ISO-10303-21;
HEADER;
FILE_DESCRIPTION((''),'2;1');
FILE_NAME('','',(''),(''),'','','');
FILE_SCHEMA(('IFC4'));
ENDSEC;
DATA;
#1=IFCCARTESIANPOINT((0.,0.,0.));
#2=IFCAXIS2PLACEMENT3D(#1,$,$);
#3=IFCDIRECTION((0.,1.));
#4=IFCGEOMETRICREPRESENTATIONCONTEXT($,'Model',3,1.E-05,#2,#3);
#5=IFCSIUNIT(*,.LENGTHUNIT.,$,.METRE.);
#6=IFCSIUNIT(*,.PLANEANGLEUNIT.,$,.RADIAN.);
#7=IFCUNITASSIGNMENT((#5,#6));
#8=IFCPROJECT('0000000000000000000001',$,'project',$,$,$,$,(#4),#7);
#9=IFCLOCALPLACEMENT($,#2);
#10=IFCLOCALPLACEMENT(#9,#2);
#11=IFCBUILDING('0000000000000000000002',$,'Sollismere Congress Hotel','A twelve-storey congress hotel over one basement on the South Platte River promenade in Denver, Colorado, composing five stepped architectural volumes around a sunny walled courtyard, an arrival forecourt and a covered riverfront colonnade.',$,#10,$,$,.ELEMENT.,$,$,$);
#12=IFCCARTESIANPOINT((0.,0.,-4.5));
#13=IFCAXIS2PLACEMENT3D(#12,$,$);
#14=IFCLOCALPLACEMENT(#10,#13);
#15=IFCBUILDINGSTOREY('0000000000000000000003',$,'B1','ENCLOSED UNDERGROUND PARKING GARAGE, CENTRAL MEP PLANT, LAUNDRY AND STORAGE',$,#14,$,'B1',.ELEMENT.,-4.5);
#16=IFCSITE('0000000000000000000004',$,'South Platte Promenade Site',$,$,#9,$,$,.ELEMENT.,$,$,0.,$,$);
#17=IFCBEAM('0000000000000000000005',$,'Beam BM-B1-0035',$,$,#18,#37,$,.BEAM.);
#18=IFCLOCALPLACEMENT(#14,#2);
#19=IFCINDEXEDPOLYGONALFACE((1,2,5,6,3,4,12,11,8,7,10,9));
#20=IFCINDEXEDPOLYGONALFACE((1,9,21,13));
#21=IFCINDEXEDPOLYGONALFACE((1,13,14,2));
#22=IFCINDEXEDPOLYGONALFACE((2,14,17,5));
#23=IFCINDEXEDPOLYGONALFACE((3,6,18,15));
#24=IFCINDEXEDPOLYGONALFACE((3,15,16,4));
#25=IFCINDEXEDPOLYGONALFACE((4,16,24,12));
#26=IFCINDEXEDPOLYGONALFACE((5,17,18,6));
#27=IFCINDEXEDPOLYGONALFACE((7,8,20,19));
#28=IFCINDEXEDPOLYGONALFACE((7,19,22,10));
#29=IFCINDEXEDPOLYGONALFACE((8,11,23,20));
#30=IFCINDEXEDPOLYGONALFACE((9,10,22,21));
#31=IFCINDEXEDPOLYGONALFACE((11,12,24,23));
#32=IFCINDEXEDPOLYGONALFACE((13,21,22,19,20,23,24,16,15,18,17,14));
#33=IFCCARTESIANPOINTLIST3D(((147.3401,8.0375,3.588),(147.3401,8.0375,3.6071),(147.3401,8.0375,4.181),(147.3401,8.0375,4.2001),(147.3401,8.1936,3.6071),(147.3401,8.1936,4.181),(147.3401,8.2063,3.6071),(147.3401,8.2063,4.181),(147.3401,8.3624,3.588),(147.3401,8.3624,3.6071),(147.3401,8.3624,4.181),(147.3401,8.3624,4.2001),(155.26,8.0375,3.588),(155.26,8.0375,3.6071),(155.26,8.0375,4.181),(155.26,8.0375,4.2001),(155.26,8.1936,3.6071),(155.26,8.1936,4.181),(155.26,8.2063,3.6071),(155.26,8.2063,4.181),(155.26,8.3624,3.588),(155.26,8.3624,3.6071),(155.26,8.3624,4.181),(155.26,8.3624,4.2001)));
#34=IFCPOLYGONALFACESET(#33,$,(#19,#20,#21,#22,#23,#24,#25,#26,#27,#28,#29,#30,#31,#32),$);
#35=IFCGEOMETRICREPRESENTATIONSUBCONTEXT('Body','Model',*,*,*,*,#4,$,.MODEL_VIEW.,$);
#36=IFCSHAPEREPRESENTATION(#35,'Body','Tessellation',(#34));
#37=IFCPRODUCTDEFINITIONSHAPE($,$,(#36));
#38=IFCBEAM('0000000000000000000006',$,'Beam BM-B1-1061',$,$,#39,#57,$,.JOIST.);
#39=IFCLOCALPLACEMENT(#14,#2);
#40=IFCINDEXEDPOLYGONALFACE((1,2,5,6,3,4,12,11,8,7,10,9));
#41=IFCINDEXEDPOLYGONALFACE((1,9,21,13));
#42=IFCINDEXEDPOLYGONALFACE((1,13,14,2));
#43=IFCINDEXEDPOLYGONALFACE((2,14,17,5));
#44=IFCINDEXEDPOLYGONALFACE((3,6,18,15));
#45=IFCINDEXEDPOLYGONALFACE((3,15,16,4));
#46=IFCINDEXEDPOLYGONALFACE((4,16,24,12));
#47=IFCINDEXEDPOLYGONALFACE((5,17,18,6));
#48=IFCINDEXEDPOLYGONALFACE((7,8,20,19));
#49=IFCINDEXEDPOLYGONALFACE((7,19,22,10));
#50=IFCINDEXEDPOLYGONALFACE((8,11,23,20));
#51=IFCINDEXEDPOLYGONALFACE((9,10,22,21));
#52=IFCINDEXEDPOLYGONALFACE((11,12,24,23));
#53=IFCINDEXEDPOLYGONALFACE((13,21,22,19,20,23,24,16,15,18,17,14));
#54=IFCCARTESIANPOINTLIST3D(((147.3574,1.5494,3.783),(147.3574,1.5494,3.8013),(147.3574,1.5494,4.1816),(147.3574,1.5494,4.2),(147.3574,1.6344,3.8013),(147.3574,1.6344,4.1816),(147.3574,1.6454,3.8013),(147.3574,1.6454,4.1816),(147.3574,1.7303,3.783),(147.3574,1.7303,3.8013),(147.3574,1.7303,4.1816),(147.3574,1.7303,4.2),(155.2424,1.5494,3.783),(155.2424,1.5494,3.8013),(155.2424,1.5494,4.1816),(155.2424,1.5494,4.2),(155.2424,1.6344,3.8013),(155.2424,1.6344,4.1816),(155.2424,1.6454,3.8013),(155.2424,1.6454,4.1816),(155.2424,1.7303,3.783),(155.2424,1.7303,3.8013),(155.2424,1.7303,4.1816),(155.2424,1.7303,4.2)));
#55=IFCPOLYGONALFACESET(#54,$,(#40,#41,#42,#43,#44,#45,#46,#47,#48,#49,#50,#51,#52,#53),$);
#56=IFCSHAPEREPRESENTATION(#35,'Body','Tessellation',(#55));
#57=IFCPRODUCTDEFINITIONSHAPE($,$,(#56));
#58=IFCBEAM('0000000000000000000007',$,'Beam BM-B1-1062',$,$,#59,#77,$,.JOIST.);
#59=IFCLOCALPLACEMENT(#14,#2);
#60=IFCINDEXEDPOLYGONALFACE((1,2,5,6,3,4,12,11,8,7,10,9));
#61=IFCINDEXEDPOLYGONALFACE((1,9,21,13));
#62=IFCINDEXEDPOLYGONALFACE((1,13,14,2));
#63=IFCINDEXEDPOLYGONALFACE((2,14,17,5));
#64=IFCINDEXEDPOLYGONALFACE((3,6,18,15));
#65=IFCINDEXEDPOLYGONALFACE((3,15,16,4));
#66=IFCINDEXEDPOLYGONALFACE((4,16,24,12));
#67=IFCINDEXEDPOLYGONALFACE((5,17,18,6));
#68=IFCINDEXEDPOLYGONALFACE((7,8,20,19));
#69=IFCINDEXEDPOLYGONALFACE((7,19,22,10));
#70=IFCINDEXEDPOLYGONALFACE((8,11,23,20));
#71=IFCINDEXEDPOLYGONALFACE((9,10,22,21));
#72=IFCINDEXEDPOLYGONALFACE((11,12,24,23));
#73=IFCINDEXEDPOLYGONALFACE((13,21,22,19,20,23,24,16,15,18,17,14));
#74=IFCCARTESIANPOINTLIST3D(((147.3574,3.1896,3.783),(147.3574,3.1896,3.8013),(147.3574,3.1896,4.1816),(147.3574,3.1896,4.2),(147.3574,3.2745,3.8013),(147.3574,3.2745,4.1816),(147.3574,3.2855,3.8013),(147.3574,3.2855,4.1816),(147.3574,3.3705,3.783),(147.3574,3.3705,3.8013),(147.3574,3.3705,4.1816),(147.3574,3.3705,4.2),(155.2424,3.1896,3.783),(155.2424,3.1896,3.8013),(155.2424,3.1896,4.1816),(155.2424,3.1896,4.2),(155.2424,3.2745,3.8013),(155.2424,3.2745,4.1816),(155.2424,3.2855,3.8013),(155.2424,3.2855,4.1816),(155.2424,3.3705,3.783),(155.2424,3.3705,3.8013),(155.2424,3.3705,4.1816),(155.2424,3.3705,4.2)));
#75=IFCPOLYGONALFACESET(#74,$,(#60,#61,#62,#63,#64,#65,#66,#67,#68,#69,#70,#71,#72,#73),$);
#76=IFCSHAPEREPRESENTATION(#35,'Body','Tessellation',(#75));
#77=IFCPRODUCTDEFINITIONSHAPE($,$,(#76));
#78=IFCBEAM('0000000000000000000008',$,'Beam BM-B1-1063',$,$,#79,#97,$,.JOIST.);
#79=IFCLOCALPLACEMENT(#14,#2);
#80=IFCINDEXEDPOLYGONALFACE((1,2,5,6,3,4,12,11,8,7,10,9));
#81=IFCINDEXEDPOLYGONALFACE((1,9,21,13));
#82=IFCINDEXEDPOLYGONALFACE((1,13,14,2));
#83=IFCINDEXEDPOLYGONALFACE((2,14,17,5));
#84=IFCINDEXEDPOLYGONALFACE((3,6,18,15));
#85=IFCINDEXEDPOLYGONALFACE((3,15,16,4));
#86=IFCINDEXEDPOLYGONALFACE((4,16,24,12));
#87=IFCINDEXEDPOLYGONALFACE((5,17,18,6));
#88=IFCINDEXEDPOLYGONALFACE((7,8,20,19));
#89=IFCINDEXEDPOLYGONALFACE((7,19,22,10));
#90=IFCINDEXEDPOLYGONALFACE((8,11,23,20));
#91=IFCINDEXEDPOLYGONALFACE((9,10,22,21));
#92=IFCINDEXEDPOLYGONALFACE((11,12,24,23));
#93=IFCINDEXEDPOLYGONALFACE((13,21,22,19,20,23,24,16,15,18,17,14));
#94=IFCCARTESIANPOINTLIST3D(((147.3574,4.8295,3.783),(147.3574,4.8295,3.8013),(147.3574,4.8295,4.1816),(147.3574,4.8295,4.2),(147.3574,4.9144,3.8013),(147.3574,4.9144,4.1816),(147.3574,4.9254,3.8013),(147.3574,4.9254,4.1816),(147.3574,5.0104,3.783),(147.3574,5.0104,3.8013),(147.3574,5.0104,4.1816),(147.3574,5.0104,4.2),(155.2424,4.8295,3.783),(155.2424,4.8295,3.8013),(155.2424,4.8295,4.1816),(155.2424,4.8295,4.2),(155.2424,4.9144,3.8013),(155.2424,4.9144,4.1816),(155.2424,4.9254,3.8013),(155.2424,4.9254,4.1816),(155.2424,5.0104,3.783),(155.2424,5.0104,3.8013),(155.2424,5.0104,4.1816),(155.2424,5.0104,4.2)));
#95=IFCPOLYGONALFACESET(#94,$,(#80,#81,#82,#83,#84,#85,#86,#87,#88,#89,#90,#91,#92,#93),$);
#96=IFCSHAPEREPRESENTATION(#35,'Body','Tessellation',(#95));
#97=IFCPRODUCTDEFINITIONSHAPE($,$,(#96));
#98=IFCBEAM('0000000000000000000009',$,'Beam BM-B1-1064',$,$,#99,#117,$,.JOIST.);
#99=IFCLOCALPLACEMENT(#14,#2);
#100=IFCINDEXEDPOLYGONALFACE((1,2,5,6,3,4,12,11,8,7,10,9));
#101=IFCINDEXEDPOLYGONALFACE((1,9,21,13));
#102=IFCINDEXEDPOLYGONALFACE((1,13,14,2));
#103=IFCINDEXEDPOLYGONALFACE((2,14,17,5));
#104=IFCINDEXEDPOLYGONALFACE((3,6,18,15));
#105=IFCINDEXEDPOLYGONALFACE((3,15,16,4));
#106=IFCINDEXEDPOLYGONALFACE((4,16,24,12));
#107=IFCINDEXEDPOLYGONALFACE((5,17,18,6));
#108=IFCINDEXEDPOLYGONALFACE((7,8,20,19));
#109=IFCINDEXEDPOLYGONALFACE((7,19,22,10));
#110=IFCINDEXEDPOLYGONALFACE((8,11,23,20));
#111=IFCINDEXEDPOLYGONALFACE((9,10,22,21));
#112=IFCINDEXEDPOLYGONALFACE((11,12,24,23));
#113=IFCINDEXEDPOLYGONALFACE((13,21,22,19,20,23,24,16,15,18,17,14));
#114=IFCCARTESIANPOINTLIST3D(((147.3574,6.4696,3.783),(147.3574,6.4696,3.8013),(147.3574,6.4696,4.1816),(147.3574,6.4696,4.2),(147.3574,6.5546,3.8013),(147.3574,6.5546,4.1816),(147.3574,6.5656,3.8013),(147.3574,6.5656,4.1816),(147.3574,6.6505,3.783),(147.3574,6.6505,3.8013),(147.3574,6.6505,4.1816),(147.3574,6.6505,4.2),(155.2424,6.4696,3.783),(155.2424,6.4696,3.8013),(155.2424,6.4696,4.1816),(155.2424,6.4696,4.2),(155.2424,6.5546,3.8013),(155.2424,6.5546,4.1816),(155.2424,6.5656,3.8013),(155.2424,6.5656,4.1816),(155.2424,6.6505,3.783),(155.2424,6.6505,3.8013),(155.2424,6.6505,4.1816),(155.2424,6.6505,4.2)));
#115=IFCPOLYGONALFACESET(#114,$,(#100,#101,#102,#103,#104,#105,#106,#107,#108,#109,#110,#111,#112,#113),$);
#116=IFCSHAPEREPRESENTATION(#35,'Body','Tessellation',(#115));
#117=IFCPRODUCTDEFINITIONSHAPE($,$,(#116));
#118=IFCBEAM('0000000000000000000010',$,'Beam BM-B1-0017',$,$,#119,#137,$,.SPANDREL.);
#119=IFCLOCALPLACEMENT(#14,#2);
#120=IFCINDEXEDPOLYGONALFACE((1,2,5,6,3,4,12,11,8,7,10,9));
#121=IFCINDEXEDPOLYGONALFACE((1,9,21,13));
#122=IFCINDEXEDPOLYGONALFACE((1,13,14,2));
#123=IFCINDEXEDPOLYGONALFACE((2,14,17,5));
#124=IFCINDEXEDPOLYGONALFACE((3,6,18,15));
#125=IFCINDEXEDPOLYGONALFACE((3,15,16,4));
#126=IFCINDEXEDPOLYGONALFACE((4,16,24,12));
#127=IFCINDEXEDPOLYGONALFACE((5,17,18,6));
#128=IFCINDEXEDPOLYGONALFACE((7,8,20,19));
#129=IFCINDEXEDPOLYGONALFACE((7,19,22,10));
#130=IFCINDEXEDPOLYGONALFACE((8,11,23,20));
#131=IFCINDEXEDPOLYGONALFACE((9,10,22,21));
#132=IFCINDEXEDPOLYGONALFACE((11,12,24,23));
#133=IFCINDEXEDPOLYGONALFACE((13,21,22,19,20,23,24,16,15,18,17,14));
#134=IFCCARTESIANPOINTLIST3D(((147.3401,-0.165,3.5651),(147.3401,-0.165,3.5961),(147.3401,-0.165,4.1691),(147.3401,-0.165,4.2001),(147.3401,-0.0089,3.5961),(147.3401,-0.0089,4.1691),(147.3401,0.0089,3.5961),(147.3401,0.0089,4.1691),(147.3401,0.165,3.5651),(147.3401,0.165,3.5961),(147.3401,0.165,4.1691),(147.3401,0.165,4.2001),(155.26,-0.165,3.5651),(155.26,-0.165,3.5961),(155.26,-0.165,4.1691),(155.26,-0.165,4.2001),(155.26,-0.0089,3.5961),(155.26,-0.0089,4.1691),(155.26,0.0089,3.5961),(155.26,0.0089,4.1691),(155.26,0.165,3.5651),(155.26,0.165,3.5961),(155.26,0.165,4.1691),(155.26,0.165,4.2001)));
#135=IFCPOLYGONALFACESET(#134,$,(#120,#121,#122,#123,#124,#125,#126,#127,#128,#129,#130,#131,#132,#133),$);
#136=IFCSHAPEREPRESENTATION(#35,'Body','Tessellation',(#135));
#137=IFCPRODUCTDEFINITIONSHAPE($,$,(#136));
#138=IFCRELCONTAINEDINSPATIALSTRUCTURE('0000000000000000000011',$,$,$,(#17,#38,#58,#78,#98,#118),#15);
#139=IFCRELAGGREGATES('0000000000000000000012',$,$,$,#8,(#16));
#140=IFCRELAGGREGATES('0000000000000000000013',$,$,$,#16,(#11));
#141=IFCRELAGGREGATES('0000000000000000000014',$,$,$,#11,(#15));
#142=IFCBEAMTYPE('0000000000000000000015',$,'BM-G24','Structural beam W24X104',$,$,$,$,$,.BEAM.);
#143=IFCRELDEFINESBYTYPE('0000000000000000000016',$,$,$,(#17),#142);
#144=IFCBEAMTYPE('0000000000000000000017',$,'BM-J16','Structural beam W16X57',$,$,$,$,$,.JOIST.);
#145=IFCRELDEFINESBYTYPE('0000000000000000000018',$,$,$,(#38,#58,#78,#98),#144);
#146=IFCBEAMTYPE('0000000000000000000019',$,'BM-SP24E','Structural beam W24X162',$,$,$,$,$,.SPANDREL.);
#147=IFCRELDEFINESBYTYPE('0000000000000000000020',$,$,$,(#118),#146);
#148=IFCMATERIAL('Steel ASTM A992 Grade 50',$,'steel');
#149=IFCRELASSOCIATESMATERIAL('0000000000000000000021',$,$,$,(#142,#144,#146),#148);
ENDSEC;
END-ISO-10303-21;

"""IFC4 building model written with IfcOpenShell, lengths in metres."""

from ifc_helpers import new_model, si_unit, direction, frame, origin, origin_2d, place, context, subcontext, project, spatial, i_section, extrude, material, material_profile, profile_set, type_object, element, save


model = new_model("IFC4")

# Units and contexts
model_context = context("Model", 3, precision=1e-05, world=origin(), true_north=direction((0.0, 1.0)))
body_context = subcontext(model_context, "Body", "Model", "MODEL_VIEW")
ifc_project = project(units=[si_unit("LENGTHUNIT", "METRE"), si_unit("PLANEANGLEUNIT", "RADIAN")], contexts=[model_context])

# Site, building, storey
site_placement = place(None, origin())
site = spatial("IfcSite", under=ifc_project, at=site_placement, Name="South Platte Promenade Site", CompositionType="ELEMENT", RefElevation=0.0)
building_placement = place(site_placement, origin())
building = spatial("IfcBuilding", under=site, at=building_placement, Name="Sollismere Congress Hotel", Description="A twelve-storey congress hotel over one basement on the South Platte River promenade in Denver, Colorado, composing five stepped architectural volumes around a sunny walled courtyard, an arrival forecourt and a covered riverfront colonnade.", CompositionType="ELEMENT")
storey_placement = place(building_placement, frame((0.0, 0.0, -4.5)))
storey = spatial("IfcBuildingStorey", under=building, at=storey_placement, Name="B1", Description="ENCLOSED UNDERGROUND PARKING GARAGE, CENTRAL MEP PLANT, LAUNDRY AND STORAGE", LongName="B1", CompositionType="ELEMENT", Elevation=-4.5)

# Beams
ifc_material_1 = material(Name="Steel ASTM A992 Grade 50", Category="steel")
ifc_material_profile_1 = material_profile(ifc_material_1, i_section(OverallWidth=0.325, OverallDepth=0.6121, WebThickness=0.0127, FlangeThickness=0.019, at=origin_2d()), Name="W24X104")
ifc_profile_set_1 = profile_set([ifc_material_profile_1], Name="Steel ASTM A992 Grade 50")
beam_type_1 = type_object("IfcBeamType", Name="BM-G24", Description="Structural beam W24X104", PredefinedType="BEAM", material=ifc_profile_set_1)
beam_1_placement = place(storey_placement, frame((147.3401, 8.2, 3.894), z_axis=(1.0, 0.0, 0.0), x_axis=(0.0, 1.0, 0.0)))
element("IfcBeam", 1, at=beam_1_placement, inside=storey, type_object=beam_type_1, Name="Beam BM-B1-0035", PredefinedType="BEAM", context=body_context, shape_type="SweptSolid", body=[
    extrude(i_section(OverallWidth=0.325, OverallDepth=0.6121, WebThickness=0.0127, FlangeThickness=0.019, at=origin_2d()), origin(), (0.0, 0.0, 1.0), 7.9199),
])
ifc_material_profile_2 = material_profile(ifc_material_1, i_section(OverallWidth=0.1809, OverallDepth=0.417, WebThickness=0.011, FlangeThickness=0.0183, at=origin_2d()), Name="W16X57")
ifc_profile_set_2 = profile_set([ifc_material_profile_2], Name="Steel ASTM A992 Grade 50")
beam_type_2 = type_object("IfcBeamType", Name="BM-J16", Description="Structural beam W16X57", PredefinedType="JOIST", material=ifc_profile_set_2)
for number, where, z_axis, x_axis, name in (
    (2, (147.3574, 1.6399, 3.9915), (1.0, 0.0, 0.0), (0.0, 1.0, 0.0), "Beam BM-B1-1061"),
    (3, (147.3574, 3.28, 3.9915), (1.0, 0.0, 0.0), (0.0, 1.0, 0.0), "Beam BM-B1-1062"),
    (4, (147.3574, 4.9199, 3.9915), (1.0, 0.0, 0.0), (0.0, 1.0, 0.0), "Beam BM-B1-1063"),
    (5, (147.3574, 6.5601, 3.9915), (1.0, 0.0, 0.0), (0.0, 1.0, 0.0), "Beam BM-B1-1064"),
):
    element("IfcBeam", number, at=place(storey_placement, frame(where, z_axis=z_axis, x_axis=x_axis)), inside=storey, type_object=beam_type_2, Name=name, PredefinedType="JOIST", context=body_context, shape_type="SweptSolid", body=[
        extrude(i_section(OverallWidth=0.1809, OverallDepth=0.417, WebThickness=0.011, FlangeThickness=0.0183, at=origin_2d()), origin(), (0.0, 0.0, 1.0), 7.885),
    ])
ifc_material_profile_3 = material_profile(ifc_material_1, i_section(OverallWidth=0.3301, OverallDepth=0.635, WebThickness=0.0178, FlangeThickness=0.031, at=origin_2d()), Name="W24X162")
ifc_profile_set_3 = profile_set([ifc_material_profile_3], Name="Steel ASTM A992 Grade 50")
beam_type_3 = type_object("IfcBeamType", Name="BM-SP24E", Description="Structural beam W24X162", PredefinedType="SPANDREL", material=ifc_profile_set_3)
beam_2_placement = place(storey_placement, frame((147.3401, 0.0, 3.8826), z_axis=(1.0, 0.0, 0.0), x_axis=(0.0, 1.0, 0.0)))
element("IfcBeam", 6, at=beam_2_placement, inside=storey, type_object=beam_type_3, Name="Beam BM-B1-0017", PredefinedType="SPANDREL", context=body_context, shape_type="SweptSolid", body=[
    extrude(i_section(OverallWidth=0.3301, OverallDepth=0.635, WebThickness=0.0178, FlangeThickness=0.031, at=origin_2d()), origin(), (0.0, 0.0, 1.0), 7.9199),
])

save(model, "model.ifc")
